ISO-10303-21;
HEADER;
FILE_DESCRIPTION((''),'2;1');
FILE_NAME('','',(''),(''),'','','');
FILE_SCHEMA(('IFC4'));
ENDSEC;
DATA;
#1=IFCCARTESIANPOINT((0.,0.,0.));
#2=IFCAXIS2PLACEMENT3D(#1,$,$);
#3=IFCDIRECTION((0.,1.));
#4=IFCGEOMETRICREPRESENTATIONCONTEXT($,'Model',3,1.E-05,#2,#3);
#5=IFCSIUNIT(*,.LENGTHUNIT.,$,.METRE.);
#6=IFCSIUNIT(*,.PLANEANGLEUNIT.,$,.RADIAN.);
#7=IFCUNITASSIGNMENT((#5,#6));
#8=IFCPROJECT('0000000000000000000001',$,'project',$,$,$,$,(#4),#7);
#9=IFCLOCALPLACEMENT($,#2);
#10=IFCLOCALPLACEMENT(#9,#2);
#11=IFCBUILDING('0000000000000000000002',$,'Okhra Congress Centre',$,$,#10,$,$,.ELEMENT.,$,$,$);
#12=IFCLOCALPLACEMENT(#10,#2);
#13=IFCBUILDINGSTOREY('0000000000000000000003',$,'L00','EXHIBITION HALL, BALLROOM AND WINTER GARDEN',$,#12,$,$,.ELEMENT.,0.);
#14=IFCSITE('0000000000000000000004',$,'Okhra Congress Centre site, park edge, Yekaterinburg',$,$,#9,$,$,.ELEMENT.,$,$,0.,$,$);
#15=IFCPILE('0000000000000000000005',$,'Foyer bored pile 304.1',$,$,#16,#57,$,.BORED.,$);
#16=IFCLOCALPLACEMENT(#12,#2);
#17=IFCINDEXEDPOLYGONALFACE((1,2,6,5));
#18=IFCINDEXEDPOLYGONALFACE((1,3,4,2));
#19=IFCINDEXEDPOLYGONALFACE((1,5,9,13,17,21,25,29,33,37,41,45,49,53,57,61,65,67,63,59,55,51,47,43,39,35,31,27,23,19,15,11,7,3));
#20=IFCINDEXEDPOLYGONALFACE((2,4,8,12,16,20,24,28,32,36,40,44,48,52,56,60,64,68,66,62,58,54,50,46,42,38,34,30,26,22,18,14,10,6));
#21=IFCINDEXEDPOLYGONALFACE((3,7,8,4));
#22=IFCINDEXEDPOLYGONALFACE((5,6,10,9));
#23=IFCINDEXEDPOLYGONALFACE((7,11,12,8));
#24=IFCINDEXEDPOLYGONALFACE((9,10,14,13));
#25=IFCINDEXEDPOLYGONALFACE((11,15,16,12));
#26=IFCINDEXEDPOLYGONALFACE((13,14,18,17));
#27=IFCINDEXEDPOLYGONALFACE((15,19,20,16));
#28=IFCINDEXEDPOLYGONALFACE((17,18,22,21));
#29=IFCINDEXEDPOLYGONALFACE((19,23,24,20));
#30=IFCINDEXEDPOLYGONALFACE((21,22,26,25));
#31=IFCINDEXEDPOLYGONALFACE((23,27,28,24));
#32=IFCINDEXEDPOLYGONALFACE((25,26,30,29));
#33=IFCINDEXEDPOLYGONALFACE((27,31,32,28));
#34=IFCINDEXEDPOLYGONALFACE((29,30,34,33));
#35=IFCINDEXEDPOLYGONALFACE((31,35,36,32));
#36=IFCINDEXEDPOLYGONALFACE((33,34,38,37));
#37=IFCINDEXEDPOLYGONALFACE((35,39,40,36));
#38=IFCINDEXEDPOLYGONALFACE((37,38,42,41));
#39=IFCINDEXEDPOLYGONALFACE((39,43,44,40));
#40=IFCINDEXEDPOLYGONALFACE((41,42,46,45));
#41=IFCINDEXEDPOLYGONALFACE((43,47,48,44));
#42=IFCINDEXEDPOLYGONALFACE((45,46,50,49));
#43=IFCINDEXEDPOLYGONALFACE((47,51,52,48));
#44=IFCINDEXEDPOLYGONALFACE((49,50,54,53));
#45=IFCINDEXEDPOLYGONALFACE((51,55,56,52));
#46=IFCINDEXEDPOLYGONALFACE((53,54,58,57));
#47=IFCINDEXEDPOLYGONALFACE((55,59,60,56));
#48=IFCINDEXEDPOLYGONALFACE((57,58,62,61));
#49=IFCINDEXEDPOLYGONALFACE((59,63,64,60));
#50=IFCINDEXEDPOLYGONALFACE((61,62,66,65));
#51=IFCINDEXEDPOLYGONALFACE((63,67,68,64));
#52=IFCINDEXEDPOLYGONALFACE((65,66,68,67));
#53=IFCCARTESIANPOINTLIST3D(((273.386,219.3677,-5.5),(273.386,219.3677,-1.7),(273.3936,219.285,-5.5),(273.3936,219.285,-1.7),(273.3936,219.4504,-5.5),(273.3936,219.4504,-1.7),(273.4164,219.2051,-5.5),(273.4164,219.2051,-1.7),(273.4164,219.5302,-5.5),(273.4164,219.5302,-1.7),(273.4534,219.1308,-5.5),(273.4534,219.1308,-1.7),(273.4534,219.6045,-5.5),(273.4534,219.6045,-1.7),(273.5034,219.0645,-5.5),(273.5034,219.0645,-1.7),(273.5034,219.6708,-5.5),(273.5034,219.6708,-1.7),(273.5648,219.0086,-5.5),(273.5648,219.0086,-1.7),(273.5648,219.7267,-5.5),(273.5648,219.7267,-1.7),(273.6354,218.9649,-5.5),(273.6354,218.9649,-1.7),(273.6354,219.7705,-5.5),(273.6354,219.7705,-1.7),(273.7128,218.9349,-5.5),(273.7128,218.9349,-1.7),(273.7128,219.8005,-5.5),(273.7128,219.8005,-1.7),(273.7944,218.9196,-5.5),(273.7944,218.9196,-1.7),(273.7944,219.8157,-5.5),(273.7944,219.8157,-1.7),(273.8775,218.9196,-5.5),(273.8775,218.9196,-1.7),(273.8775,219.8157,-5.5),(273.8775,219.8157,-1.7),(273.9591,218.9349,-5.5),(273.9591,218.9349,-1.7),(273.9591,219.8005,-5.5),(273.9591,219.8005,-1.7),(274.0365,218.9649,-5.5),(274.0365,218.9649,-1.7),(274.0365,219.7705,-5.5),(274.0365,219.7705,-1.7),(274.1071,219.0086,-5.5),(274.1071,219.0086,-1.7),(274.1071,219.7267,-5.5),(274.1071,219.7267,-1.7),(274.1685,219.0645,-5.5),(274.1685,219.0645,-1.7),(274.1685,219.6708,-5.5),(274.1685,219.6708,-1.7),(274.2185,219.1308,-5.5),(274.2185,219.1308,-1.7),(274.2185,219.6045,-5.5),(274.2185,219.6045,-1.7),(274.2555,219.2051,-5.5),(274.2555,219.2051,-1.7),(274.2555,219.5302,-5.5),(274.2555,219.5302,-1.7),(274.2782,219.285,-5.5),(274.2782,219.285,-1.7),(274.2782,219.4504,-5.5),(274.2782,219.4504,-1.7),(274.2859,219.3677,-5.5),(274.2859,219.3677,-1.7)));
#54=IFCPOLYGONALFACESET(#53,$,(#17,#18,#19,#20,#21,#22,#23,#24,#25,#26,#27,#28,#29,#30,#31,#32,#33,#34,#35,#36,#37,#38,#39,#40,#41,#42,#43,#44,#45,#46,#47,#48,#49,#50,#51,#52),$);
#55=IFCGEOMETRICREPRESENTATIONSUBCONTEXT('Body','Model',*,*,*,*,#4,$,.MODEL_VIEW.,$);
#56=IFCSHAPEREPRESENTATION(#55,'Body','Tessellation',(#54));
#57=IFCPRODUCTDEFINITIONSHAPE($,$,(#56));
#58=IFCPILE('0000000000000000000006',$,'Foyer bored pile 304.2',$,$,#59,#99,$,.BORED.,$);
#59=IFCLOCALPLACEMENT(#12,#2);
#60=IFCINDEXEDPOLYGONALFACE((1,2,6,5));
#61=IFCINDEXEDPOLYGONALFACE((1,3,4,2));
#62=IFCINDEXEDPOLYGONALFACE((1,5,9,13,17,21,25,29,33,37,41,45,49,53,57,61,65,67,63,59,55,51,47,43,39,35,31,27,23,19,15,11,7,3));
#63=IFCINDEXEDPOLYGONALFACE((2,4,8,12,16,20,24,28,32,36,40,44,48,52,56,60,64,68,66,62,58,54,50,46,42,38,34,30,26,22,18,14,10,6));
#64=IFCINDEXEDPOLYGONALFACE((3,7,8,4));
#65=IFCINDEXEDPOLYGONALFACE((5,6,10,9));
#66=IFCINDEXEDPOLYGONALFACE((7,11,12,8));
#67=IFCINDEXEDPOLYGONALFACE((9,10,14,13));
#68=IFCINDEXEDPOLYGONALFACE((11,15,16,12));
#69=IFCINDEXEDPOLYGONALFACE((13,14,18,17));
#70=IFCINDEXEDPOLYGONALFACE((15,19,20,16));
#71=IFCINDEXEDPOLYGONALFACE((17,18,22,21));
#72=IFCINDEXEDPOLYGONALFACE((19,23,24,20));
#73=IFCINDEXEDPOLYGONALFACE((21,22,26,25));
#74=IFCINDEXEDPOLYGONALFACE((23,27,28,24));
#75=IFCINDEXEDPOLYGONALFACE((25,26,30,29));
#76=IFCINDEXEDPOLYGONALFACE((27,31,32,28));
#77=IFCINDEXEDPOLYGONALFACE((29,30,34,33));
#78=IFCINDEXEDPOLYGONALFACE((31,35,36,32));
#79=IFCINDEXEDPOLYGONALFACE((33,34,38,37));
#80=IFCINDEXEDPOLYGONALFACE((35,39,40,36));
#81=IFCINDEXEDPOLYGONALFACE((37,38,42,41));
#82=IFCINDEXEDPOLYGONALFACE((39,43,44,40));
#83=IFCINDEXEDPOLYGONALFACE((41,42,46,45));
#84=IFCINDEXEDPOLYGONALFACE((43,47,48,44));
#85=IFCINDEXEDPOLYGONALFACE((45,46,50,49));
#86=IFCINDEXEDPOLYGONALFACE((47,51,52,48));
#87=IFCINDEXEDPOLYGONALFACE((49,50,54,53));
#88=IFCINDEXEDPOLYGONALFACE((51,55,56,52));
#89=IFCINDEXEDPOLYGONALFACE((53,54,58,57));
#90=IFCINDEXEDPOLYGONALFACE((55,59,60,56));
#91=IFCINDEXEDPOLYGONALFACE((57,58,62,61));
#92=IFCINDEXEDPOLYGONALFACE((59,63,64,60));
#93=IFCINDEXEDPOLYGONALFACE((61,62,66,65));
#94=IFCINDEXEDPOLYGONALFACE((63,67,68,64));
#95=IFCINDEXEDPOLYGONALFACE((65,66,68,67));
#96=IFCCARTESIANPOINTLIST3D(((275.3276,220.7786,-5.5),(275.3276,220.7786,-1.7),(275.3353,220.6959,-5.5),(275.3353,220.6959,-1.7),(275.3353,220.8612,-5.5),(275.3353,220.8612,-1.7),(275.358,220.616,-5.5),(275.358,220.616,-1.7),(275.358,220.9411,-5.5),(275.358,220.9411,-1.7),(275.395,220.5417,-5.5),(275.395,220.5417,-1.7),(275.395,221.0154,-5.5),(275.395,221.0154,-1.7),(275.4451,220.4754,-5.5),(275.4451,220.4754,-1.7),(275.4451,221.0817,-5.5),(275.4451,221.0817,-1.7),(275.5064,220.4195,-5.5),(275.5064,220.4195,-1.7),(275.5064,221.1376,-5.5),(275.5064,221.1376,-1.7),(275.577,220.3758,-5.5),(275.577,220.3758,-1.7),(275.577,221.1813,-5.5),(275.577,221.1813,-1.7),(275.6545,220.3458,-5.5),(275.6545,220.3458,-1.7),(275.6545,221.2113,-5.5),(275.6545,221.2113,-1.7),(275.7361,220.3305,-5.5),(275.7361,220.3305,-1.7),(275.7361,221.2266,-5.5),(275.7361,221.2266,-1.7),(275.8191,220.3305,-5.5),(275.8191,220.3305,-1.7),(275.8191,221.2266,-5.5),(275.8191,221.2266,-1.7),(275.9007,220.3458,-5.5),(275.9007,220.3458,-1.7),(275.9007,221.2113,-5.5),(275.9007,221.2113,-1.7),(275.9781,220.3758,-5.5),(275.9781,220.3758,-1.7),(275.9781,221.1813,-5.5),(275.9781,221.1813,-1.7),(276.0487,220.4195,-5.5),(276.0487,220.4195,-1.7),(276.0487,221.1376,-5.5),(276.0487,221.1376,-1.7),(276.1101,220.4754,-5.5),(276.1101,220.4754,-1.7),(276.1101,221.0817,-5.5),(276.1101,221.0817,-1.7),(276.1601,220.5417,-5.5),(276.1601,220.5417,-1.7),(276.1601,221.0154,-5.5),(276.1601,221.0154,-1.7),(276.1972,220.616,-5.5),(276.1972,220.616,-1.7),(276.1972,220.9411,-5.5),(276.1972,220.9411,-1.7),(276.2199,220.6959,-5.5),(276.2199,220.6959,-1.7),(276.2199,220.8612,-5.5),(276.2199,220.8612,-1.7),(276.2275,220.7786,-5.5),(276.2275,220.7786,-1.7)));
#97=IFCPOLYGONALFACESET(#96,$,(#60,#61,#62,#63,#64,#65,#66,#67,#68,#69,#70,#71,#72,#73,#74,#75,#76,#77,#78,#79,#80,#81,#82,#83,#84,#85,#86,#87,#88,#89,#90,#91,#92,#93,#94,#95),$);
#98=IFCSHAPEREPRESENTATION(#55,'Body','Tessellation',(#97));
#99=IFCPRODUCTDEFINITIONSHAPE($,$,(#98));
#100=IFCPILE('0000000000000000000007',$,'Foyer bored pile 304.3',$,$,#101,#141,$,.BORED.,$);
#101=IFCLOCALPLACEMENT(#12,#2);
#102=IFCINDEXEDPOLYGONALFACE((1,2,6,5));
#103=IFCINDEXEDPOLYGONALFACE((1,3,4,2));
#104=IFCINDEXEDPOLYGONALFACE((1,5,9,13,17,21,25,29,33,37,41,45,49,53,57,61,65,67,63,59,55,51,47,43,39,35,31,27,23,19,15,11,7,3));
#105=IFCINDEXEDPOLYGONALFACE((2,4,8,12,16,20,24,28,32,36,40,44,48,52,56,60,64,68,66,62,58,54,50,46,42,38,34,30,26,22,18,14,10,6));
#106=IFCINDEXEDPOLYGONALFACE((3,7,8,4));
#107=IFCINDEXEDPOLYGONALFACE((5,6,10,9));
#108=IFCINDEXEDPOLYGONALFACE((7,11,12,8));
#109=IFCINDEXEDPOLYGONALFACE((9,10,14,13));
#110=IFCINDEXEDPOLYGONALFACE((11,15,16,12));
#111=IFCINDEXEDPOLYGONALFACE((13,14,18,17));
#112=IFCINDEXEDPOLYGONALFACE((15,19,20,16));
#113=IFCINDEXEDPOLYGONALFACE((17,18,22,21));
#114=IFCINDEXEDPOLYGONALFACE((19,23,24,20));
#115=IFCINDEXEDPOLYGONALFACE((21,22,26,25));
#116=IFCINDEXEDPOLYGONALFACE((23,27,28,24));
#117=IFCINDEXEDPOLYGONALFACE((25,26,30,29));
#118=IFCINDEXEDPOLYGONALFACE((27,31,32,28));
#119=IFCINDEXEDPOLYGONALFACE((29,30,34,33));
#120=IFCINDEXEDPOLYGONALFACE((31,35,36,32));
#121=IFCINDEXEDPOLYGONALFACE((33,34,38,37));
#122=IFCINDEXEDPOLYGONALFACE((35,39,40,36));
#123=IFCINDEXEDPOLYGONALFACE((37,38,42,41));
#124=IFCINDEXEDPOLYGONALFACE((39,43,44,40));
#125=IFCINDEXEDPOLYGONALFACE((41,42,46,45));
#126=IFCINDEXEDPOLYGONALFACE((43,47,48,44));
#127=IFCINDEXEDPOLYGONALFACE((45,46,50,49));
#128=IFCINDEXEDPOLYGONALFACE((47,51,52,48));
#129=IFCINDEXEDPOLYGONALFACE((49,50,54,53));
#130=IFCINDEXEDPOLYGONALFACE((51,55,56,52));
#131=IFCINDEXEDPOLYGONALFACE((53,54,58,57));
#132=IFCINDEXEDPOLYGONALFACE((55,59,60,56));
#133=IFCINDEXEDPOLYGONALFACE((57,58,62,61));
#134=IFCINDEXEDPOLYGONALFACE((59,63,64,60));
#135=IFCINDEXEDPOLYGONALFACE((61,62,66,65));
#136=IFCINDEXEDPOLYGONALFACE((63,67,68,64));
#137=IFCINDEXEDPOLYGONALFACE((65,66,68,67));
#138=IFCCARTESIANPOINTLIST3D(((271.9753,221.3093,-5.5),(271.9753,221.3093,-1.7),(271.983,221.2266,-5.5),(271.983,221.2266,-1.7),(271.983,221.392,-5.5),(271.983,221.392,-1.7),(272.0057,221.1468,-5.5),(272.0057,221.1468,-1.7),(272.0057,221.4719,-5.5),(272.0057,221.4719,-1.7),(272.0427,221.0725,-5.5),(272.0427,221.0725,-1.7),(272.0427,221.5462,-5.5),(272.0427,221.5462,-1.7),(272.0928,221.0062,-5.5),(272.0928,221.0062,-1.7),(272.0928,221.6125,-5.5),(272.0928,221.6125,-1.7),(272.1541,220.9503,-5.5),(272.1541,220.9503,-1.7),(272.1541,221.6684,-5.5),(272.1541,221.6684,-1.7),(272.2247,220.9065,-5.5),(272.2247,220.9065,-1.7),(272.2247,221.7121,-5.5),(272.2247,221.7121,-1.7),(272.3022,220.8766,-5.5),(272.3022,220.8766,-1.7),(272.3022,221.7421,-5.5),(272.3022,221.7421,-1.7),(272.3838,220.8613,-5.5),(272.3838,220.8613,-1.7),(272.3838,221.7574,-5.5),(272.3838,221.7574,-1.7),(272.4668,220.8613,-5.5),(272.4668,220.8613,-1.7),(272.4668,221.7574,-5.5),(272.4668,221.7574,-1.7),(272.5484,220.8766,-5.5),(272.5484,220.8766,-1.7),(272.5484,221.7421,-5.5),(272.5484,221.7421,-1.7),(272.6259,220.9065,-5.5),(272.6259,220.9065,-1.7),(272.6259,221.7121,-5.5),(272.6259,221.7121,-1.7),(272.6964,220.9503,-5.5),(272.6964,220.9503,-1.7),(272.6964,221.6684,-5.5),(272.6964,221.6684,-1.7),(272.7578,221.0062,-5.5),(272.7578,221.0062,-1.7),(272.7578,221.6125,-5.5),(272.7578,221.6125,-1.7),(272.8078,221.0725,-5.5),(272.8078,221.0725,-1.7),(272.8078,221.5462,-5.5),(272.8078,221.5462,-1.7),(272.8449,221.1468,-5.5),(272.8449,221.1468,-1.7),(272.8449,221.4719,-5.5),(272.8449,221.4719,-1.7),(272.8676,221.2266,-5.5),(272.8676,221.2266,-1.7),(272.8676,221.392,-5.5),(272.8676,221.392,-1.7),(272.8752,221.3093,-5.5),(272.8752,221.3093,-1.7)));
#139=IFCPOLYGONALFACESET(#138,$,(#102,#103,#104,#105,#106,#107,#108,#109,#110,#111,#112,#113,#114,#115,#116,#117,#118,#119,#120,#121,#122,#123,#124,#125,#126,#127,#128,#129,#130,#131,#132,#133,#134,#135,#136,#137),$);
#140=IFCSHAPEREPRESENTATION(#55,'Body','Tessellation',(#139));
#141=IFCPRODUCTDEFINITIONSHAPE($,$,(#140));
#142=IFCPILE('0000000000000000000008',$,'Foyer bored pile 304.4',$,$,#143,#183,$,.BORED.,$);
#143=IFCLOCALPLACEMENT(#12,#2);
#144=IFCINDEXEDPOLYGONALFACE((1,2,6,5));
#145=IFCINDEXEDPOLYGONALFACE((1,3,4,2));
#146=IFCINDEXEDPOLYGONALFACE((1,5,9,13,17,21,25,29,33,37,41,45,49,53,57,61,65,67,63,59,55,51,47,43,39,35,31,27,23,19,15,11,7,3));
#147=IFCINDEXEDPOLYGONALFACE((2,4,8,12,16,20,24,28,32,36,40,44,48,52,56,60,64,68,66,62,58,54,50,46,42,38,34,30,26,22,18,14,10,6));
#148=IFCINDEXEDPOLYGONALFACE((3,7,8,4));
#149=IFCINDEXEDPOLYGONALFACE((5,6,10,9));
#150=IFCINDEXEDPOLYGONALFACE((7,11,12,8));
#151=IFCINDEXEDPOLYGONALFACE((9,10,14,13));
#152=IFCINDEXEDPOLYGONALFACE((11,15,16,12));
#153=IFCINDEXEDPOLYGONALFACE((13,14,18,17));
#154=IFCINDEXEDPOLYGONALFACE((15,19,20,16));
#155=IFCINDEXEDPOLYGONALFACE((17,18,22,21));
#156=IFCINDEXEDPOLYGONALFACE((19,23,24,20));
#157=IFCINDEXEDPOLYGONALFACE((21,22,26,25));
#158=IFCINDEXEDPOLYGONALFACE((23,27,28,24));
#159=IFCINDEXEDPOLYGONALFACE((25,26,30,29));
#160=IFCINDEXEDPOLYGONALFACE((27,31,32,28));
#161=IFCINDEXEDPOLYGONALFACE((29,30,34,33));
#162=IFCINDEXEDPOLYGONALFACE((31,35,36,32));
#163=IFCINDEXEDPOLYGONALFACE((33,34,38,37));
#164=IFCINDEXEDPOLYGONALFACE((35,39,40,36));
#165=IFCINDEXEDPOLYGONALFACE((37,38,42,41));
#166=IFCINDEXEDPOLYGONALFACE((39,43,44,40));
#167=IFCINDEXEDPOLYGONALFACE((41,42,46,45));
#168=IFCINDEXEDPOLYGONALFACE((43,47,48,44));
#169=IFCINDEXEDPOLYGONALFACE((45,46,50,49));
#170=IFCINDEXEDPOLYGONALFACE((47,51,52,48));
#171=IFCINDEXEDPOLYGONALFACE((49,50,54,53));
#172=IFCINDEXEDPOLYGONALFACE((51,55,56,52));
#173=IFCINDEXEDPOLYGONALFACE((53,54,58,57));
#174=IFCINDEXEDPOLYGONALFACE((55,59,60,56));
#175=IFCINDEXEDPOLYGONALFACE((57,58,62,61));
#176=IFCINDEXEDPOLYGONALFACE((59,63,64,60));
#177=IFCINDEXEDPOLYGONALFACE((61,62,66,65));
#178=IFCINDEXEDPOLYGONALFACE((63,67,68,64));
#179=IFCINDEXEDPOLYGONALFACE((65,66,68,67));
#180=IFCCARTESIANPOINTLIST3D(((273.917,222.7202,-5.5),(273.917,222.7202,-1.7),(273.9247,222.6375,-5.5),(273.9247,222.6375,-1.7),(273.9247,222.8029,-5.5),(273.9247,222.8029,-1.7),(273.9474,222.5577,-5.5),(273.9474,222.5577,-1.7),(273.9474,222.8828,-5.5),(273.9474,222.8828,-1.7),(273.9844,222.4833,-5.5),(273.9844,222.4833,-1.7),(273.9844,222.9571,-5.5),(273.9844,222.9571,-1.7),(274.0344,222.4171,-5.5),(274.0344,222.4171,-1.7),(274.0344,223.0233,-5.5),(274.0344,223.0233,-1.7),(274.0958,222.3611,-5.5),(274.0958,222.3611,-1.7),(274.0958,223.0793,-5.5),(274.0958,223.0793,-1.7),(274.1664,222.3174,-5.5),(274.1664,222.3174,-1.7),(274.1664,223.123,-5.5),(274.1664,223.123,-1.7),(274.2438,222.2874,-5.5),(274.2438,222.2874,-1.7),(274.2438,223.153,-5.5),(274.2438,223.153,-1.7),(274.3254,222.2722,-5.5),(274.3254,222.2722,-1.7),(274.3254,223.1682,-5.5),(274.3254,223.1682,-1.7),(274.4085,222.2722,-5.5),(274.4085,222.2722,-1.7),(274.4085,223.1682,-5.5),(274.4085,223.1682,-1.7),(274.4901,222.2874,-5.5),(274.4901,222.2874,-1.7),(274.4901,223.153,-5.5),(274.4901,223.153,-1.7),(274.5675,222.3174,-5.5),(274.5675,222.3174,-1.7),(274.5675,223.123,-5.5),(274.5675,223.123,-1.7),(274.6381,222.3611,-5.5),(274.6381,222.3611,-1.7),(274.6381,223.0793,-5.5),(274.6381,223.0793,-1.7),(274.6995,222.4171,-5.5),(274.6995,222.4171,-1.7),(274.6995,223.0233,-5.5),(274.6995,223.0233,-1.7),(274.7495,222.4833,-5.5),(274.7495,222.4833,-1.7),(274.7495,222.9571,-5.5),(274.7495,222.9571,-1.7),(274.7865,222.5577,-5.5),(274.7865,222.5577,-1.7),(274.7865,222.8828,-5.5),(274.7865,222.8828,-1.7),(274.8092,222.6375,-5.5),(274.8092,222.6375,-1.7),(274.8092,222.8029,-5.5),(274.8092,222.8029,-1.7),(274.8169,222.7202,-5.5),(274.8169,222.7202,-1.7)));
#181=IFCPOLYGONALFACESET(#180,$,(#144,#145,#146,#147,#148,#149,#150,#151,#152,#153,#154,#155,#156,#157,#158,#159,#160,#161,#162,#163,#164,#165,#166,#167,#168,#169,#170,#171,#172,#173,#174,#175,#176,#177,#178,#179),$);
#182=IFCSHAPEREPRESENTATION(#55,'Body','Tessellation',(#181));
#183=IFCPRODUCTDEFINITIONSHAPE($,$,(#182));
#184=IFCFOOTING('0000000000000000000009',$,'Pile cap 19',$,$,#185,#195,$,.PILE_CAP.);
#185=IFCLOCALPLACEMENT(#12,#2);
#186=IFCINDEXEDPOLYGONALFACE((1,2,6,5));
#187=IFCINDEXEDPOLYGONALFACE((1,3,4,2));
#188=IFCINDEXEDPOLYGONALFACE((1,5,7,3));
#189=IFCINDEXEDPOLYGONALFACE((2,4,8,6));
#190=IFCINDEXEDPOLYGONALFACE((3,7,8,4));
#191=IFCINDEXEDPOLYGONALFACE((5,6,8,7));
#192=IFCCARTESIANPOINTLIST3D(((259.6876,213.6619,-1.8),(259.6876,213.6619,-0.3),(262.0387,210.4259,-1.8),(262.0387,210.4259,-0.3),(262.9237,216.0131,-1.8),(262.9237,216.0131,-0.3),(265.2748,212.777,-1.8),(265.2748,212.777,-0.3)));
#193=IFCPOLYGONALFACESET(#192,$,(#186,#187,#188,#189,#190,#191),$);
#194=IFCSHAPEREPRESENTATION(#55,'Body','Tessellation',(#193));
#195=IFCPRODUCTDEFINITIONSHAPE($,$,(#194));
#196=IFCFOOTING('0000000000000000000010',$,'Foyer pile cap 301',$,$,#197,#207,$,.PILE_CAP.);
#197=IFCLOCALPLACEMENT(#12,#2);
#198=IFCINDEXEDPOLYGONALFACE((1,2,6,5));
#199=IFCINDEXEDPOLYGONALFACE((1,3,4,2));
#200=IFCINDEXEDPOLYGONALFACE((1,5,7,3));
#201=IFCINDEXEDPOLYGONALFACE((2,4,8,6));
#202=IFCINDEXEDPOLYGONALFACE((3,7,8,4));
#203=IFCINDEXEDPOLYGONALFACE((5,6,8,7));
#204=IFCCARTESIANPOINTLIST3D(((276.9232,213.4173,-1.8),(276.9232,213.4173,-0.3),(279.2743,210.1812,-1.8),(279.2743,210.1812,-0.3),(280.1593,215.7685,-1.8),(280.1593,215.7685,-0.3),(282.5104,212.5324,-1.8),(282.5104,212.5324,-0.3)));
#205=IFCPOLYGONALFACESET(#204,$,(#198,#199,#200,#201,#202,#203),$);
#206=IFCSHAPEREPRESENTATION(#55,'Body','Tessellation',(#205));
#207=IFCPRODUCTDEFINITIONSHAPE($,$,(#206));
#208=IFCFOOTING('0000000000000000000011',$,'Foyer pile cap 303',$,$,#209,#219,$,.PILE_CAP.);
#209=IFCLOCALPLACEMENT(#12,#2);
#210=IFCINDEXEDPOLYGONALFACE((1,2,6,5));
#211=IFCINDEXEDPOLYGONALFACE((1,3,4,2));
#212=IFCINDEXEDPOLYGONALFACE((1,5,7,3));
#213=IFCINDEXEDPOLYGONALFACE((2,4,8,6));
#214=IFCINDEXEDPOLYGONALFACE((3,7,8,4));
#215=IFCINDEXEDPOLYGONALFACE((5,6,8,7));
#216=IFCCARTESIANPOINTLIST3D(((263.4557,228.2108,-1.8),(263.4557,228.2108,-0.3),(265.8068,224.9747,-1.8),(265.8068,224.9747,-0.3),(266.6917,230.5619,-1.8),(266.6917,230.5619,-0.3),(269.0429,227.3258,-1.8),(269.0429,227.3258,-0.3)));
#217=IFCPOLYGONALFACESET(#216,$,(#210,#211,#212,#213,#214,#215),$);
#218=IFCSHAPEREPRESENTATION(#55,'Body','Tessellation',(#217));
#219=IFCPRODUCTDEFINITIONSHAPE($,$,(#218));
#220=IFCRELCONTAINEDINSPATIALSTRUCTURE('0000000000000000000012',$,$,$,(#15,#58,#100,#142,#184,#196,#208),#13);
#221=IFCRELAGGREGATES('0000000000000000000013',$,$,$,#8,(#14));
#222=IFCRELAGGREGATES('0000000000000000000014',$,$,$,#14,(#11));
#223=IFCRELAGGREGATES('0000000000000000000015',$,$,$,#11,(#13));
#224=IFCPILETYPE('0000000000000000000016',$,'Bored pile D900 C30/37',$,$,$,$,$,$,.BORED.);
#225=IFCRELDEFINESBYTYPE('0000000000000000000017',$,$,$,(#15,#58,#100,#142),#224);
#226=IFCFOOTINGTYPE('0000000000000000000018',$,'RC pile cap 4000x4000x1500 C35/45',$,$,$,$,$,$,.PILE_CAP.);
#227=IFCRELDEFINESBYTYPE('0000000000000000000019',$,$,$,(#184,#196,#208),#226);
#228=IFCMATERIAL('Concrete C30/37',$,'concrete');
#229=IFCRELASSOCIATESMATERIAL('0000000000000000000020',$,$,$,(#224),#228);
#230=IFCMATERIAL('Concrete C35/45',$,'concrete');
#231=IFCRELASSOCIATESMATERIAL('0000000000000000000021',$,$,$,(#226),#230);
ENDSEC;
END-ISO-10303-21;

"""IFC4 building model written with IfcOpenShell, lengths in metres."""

from ifc_helpers import new_model, si_unit, direction, frame, origin, origin_2d, place, context, subcontext, project, spatial, rectangle, circle, extrude, material, material_profile, profile_set, type_object, element, save


model = new_model("IFC4")

# Units and contexts
model_context = context("Model", 3, precision=1e-05, world=origin(), true_north=direction((0.0, 1.0)))
body_context = subcontext(model_context, "Body", "Model", "MODEL_VIEW")
ifc_project = project(units=[si_unit("LENGTHUNIT", "METRE"), si_unit("PLANEANGLEUNIT", "RADIAN")], contexts=[model_context])

# Site, building, storey
site_placement = place(None, origin())
site = spatial("IfcSite", under=ifc_project, at=site_placement, Name="Okhra Congress Centre site, park edge, Yekaterinburg", CompositionType="ELEMENT", RefElevation=0.0)
building_placement = place(site_placement, origin())
building = spatial("IfcBuilding", under=site, at=building_placement, Name="Okhra Congress Centre", CompositionType="ELEMENT")
storey_placement = place(building_placement, origin())
storey = spatial("IfcBuildingStorey", under=building, at=storey_placement, Name="L00", Description="EXHIBITION HALL, BALLROOM AND WINTER GARDEN", CompositionType="ELEMENT", Elevation=0.0)

# Piles
ifc_material_1 = material(Name="Concrete C30/37", Category="concrete")
ifc_material_profile = material_profile(ifc_material_1, circle(Radius=0.45, at=origin_2d()), Name="D900")
ifc_profile_set = profile_set([ifc_material_profile], Name="Concrete C30/37")
pile_type = type_object("IfcPileType", Name="Bored pile D900 C30/37", PredefinedType="BORED", material=ifc_profile_set)
for number, where, z_axis, x_axis, name in (
    (1, (273.8359, 219.3677, -1.7), (0.0, 0.0, -1.0), (1.0, 0.0, 0.0), "Foyer bored pile 304.1"),
    (2, (275.7776, 220.7786, -1.7), (0.0, 0.0, -1.0), (1.0, 0.0, 0.0), "Foyer bored pile 304.2"),
    (3, (272.4253, 221.3093, -1.7), (0.0, 0.0, -1.0), (1.0, 0.0, 0.0), "Foyer bored pile 304.3"),
    (4, (274.3669, 222.7202, -1.7), (0.0, 0.0, -1.0), (1.0, 0.0, 0.0), "Foyer bored pile 304.4"),
):
    element("IfcPile", number, at=place(storey_placement, frame(where, z_axis=z_axis, x_axis=x_axis)), inside=storey, type_object=pile_type, Name=name, PredefinedType="BORED", context=body_context, shape_type="SweptSolid", body=[
        extrude(circle(Radius=0.45, at=origin_2d()), origin(), (0.0, 0.0, 1.0), 3.8),
    ])

# Footings
ifc_material_2 = material(Name="Concrete C35/45", Category="concrete")
footing_type_1 = type_object("IfcFootingType", Name="RC pile cap 4000x4000x1500 C35/45", PredefinedType="PILE_CAP", material=ifc_material_2)
for number, where, z_axis, x_axis, name in (
    (5, (262.4812, 213.2195, -1.8), (0.0, 0.0, 1.0), (0.809017, 0.587785, 0.0), "Pile cap 19"),
    (6, (279.7168, 212.9749, -1.8), (0.0, 0.0, 1.0), (0.809017, 0.587785, 0.0), "Foyer pile cap 301"),
    (7, (266.2493, 227.7683, -1.8), (0.0, 0.0, 1.0), (0.809017, 0.587785, 0.0), "Foyer pile cap 303"),
):
    element("IfcFooting", number, at=place(storey_placement, frame(where, z_axis=z_axis, x_axis=x_axis)), inside=storey, type_object=footing_type_1, Name=name, PredefinedType="PILE_CAP", context=body_context, shape_type="SweptSolid", body=[
        extrude(rectangle(XDim=4.0, YDim=4.0, at=origin_2d()), origin(), (0.0, 0.0, 1.0), 1.5),
    ])

save(model, "model.ifc")
